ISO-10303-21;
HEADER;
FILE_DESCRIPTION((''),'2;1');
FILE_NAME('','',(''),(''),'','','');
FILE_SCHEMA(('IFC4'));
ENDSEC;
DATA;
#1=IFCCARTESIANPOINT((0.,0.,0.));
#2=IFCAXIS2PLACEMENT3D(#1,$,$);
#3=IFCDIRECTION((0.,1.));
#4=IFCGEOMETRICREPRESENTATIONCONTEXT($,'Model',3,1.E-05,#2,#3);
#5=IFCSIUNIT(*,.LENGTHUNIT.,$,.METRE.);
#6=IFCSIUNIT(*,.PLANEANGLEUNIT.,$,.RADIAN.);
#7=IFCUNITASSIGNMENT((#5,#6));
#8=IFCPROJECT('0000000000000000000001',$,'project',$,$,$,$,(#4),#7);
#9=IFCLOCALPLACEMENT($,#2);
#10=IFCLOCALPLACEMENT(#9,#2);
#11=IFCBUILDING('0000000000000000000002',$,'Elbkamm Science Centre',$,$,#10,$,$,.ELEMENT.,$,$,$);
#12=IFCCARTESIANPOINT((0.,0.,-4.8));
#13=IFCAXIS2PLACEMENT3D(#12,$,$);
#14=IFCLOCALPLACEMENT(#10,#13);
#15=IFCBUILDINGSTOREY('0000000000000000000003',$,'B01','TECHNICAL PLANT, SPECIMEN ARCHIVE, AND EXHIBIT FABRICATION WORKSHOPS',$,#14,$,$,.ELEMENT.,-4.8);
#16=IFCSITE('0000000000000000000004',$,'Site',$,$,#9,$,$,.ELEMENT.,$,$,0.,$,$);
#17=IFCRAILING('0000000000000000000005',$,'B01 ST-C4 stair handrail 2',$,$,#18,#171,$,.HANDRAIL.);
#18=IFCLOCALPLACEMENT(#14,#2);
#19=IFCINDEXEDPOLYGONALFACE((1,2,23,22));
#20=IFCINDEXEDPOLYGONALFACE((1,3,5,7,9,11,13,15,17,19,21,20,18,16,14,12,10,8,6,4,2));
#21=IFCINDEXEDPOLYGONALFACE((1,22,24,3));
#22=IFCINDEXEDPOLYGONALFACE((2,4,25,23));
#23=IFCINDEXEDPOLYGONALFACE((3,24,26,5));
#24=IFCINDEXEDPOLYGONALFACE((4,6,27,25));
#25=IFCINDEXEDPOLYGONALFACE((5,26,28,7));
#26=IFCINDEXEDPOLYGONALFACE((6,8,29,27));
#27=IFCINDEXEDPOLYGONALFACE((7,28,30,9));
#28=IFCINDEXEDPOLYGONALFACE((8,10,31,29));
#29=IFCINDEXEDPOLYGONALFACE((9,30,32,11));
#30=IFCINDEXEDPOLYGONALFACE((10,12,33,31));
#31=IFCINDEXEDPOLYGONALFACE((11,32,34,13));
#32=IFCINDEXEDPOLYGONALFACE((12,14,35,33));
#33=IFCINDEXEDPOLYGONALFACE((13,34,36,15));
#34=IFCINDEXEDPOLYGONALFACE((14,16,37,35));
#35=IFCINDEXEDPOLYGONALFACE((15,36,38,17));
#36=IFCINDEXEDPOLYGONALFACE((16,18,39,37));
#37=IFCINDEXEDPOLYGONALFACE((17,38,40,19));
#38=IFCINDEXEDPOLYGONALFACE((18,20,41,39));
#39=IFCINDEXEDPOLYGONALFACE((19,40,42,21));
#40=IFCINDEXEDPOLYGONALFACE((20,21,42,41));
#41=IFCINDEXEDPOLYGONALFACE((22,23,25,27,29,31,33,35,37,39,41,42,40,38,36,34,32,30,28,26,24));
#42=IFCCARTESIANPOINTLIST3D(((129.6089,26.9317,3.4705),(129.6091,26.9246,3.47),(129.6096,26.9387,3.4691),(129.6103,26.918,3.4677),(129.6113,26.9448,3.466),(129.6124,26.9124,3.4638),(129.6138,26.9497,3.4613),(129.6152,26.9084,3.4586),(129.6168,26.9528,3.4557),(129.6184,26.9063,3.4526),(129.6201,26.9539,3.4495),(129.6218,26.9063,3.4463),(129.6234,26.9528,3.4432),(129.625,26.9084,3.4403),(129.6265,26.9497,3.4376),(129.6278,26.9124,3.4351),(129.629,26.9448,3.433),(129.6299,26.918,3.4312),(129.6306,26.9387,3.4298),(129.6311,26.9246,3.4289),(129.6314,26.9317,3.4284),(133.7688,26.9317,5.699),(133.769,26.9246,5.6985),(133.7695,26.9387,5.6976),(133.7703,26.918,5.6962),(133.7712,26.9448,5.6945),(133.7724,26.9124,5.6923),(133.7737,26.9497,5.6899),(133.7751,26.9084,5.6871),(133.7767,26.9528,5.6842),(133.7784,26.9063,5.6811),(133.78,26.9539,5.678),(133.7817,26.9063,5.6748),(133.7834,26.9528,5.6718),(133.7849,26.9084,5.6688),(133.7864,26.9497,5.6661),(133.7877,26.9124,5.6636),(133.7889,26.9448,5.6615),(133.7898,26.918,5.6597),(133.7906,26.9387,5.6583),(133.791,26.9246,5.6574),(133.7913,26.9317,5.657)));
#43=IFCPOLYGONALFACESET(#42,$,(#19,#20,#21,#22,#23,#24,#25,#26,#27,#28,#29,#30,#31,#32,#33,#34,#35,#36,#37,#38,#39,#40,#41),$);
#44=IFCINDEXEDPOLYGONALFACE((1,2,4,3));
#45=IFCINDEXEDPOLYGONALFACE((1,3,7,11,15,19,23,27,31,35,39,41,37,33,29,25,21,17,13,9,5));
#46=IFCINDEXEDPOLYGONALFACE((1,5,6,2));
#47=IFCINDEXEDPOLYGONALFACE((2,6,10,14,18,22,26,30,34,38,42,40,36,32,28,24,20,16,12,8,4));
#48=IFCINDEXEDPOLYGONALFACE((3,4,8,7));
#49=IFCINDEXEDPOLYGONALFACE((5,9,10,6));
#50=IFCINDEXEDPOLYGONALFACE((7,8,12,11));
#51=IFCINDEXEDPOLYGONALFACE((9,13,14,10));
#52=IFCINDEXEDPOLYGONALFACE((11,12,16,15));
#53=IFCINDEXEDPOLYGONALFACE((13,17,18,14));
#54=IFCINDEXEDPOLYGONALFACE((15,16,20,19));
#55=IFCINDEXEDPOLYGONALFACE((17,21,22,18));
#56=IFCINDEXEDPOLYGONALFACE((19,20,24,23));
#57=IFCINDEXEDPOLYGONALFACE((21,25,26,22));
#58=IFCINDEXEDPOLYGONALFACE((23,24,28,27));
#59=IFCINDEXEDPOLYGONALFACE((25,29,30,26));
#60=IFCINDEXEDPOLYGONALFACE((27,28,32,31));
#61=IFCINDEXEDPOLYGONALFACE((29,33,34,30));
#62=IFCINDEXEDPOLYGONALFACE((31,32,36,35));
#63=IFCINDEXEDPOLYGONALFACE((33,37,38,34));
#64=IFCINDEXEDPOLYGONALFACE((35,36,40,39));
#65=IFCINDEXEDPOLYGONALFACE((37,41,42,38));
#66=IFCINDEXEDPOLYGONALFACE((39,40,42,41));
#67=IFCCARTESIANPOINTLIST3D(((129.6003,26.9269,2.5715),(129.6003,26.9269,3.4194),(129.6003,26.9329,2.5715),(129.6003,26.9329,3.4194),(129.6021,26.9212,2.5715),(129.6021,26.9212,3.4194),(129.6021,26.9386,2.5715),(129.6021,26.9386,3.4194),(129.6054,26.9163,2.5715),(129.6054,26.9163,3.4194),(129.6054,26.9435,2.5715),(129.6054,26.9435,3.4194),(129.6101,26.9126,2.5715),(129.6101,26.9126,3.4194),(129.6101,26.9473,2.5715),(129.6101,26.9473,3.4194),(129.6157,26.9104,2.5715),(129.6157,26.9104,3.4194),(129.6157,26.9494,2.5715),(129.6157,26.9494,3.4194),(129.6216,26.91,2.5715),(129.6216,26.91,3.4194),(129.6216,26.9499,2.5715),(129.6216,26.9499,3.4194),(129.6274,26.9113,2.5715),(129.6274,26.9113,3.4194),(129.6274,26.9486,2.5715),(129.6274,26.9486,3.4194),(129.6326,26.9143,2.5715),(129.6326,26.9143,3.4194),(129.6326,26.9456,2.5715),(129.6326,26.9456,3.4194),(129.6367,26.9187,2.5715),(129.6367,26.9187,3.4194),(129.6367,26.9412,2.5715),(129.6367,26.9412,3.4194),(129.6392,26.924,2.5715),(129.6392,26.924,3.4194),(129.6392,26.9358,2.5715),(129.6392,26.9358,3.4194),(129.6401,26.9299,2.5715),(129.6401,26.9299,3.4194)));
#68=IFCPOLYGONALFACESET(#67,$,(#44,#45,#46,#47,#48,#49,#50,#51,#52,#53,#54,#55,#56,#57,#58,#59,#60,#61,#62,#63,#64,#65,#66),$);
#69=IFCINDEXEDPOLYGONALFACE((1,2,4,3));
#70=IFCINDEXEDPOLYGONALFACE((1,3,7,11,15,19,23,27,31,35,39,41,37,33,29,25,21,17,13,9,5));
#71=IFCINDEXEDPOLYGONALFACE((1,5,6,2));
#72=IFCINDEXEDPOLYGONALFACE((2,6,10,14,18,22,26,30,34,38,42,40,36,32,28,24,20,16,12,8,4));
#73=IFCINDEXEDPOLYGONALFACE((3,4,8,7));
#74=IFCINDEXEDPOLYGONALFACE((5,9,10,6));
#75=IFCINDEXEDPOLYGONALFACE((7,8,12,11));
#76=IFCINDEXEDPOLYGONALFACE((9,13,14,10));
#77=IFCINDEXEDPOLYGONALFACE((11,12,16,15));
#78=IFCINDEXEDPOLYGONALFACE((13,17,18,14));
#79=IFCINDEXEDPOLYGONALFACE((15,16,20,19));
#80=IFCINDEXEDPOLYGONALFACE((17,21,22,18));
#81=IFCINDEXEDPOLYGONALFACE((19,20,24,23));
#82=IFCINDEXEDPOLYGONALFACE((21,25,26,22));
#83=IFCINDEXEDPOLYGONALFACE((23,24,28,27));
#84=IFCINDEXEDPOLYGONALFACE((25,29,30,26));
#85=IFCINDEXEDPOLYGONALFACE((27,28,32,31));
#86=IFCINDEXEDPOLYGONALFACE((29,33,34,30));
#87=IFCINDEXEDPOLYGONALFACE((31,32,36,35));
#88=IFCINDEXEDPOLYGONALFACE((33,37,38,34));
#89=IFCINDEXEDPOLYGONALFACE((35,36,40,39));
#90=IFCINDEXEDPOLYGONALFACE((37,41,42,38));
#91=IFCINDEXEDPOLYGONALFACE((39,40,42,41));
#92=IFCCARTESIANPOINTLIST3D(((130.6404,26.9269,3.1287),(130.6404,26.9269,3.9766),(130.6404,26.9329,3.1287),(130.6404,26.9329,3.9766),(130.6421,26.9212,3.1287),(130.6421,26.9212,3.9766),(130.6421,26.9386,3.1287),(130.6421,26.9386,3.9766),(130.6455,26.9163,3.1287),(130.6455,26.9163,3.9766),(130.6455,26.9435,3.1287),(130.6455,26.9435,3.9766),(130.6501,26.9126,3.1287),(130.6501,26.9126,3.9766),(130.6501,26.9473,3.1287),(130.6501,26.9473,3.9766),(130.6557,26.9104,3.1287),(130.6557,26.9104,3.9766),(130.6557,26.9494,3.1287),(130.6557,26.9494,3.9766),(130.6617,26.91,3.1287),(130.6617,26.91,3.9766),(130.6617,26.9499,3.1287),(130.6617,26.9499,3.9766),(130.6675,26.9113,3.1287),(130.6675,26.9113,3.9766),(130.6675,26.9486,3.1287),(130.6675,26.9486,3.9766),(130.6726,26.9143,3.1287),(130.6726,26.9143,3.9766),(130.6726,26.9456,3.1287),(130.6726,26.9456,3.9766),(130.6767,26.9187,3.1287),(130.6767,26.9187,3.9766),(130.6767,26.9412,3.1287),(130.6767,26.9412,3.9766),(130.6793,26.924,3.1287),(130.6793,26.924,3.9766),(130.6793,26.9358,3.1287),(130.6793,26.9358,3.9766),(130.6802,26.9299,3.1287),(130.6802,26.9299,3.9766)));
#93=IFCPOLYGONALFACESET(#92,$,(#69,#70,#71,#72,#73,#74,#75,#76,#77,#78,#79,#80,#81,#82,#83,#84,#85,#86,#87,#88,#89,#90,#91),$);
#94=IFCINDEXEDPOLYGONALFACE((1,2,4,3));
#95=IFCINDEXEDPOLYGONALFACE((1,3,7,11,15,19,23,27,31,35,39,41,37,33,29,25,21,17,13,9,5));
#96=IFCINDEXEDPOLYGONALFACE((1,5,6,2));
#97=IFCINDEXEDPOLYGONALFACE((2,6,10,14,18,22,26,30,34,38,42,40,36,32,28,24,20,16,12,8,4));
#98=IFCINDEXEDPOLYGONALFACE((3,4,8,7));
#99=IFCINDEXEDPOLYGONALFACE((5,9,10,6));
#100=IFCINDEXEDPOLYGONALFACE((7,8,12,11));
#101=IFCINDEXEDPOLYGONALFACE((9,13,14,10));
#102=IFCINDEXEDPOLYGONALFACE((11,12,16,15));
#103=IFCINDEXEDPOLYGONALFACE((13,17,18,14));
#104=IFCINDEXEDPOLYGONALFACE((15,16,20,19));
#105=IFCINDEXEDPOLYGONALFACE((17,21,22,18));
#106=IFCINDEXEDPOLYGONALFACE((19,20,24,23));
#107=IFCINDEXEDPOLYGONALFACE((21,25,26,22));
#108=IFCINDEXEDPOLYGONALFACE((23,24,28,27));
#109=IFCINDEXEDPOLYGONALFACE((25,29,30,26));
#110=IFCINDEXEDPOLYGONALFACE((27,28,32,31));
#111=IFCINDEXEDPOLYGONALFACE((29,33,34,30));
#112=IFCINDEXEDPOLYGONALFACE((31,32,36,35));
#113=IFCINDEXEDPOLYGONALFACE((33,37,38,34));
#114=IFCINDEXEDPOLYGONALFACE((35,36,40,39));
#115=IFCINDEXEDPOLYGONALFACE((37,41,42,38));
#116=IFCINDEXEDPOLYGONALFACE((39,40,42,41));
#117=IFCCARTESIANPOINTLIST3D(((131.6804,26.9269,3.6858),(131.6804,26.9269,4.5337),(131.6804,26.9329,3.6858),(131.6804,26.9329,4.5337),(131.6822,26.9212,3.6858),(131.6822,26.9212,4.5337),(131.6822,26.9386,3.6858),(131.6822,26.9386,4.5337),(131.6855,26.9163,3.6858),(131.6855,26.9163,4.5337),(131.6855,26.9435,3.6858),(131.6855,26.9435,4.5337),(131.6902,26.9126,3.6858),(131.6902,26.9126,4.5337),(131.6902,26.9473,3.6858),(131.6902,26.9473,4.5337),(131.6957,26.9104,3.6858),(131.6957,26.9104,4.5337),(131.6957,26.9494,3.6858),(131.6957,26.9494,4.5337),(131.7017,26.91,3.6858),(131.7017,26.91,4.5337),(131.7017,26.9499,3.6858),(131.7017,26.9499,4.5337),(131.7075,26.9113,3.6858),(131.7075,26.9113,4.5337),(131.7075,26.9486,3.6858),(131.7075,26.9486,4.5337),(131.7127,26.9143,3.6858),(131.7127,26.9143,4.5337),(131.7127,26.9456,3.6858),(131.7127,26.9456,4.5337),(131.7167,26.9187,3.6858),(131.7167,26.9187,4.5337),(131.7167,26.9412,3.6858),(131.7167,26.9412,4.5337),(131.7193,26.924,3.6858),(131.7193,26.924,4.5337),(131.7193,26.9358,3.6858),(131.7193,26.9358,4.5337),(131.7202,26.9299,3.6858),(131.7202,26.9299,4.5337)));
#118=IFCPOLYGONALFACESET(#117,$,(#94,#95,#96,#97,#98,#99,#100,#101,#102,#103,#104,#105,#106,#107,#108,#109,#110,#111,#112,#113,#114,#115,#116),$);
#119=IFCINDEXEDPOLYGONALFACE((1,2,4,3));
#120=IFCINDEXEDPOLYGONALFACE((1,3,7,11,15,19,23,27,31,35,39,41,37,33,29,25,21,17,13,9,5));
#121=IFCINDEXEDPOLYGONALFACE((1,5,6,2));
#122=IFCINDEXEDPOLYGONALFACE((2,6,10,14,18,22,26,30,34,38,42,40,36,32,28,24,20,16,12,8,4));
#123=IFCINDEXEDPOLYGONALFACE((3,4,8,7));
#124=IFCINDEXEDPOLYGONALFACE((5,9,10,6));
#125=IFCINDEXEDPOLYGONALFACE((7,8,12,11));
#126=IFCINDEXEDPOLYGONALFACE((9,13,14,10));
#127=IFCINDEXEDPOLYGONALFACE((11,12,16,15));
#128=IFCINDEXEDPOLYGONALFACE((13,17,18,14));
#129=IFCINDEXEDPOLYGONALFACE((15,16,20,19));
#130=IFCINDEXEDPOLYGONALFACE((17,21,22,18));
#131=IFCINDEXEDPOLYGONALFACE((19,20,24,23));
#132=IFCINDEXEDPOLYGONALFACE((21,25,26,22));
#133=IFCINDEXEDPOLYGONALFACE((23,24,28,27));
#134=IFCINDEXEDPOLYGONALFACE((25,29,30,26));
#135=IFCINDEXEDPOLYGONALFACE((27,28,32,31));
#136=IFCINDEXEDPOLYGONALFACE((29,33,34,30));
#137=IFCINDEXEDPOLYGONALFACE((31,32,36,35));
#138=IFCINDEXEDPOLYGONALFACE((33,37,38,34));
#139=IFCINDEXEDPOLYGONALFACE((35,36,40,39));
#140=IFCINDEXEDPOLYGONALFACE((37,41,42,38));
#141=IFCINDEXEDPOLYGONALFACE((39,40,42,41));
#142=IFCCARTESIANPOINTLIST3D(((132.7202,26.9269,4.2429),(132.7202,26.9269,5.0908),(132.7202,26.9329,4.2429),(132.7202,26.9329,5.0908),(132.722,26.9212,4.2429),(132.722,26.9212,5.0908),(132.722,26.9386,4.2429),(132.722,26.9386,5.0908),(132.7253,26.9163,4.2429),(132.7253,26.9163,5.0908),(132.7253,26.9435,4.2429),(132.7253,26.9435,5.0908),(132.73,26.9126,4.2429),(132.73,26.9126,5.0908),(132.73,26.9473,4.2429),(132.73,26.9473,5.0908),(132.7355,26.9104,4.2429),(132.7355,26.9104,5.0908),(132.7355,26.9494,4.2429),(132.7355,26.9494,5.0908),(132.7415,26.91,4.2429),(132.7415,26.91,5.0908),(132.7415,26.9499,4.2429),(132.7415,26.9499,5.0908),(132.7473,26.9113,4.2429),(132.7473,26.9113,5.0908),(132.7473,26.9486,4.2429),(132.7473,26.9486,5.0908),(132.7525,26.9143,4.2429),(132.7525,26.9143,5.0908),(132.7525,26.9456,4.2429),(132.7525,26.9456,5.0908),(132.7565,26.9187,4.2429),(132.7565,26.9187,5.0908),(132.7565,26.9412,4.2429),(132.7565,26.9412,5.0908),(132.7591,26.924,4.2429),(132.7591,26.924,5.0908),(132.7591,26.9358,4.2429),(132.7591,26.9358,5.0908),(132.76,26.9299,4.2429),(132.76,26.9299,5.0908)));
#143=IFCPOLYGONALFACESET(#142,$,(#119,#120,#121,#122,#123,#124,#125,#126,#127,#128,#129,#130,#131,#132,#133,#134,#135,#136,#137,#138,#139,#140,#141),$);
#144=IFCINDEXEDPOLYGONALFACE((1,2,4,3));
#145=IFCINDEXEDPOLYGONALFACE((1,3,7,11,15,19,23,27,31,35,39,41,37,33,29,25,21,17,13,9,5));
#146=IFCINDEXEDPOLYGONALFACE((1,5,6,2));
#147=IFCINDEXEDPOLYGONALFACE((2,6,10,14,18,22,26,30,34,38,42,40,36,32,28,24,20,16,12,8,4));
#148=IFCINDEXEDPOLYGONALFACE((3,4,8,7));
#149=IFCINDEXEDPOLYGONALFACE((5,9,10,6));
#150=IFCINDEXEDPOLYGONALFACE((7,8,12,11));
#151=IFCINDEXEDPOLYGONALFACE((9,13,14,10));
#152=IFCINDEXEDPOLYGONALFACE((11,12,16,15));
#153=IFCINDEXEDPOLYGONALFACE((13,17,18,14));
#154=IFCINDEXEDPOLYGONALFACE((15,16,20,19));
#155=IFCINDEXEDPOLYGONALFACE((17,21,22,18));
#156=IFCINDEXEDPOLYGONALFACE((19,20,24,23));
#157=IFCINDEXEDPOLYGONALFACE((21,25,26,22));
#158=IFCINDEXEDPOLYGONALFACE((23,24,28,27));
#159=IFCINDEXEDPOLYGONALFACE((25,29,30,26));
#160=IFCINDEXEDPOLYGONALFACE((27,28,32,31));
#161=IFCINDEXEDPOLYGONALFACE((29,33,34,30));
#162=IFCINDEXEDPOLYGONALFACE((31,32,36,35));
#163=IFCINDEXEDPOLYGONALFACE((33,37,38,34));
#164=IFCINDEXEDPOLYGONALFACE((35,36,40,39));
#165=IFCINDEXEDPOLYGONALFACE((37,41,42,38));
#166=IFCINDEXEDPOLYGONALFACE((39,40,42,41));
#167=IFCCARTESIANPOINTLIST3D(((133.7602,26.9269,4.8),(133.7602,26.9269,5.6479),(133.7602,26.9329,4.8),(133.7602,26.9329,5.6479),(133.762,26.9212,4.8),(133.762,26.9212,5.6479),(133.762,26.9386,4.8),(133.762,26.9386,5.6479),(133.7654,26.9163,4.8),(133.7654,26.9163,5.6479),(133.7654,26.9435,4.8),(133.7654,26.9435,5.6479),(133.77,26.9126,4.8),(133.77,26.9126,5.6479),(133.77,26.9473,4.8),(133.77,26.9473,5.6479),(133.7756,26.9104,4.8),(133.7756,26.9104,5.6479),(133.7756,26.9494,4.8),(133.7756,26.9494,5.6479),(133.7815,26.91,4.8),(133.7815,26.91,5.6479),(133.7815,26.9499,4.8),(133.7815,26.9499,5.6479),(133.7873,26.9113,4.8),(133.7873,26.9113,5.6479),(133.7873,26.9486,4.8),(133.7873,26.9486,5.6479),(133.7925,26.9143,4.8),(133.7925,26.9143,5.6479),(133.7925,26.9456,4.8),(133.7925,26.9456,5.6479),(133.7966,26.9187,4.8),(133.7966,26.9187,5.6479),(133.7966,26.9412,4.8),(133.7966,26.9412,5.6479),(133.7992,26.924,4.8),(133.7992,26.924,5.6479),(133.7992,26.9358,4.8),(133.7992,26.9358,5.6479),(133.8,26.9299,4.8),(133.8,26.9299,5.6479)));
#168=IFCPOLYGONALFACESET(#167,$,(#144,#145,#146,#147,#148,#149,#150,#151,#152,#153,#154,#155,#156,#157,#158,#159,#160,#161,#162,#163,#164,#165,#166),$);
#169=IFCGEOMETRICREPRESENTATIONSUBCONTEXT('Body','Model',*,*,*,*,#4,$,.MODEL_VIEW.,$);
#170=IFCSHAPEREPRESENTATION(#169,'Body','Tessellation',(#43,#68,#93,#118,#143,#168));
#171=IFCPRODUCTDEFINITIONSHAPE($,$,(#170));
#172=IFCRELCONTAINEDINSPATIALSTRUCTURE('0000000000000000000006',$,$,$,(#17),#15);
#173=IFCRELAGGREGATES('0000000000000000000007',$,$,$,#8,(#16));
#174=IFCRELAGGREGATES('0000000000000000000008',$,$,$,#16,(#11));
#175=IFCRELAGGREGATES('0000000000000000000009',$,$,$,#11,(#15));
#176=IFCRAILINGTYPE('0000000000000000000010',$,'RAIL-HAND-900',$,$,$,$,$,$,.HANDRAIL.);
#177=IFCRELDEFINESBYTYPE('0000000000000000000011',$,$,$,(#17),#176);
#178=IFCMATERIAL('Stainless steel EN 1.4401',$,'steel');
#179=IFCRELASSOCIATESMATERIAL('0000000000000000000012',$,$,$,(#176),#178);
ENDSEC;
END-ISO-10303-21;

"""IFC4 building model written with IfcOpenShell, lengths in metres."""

from ifc_helpers import new_model, si_unit, direction, frame, origin, origin_2d, place, context, subcontext, project, spatial, circle, extrude, material, type_object, element, save


model = new_model("IFC4")

# Units and contexts
model_context = context("Model", 3, precision=1e-05, world=origin(), true_north=direction((0.0, 1.0)))
body_context = subcontext(model_context, "Body", "Model", "MODEL_VIEW")
ifc_project = project(units=[si_unit("LENGTHUNIT", "METRE"), si_unit("PLANEANGLEUNIT", "RADIAN")], contexts=[model_context])

# Site, building, storey
site_placement = place(None, origin())
site = spatial("IfcSite", under=ifc_project, at=site_placement, Name="Site", CompositionType="ELEMENT", RefElevation=0.0)
building_placement = place(site_placement, origin())
building = spatial("IfcBuilding", under=site, at=building_placement, Name="Elbkamm Science Centre", CompositionType="ELEMENT")
storey_placement = place(building_placement, frame((0.0, 0.0, -4.8)))
storey = spatial("IfcBuildingStorey", under=building, at=storey_placement, Name="B01", Description="TECHNICAL PLANT, SPECIMEN ARCHIVE, AND EXHIBIT FABRICATION WORKSHOPS", CompositionType="ELEMENT", Elevation=-4.8)

# Railing
ifc_material_1 = material(Name="Stainless steel EN 1.4401", Category="steel")
railing_type_1 = type_object("IfcRailingType", Name="RAIL-HAND-900", PredefinedType="HANDRAIL", material=ifc_material_1)
railing_1_placement = place(storey_placement, frame((129.6201, 26.9299, 2.5715)))
element("IfcRailing", 1, at=railing_1_placement, inside=storey, type_object=railing_type_1, Name="B01 ST-C4 stair handrail 2", PredefinedType="HANDRAIL", context=body_context, shape_type="SweptSolid", body=[
    extrude(circle(Radius=0.0239, at=origin_2d()), frame((0.0, 0.0, 0.8779), z_axis=(0.881481, 0.0, 0.47222), x_axis=(0.0, 1.0, 0.0)), (0.0, 0.0, 1.0), 4.7192),
    extrude(circle(Radius=0.02, at=origin_2d()), origin(), (0.0, 0.0, 1.0), 0.8479),
    extrude(circle(Radius=0.02, at=origin_2d()), frame((1.04, 0.0, 0.5571)), (0.0, 0.0, 1.0), 0.8479),
    extrude(circle(Radius=0.02, at=origin_2d()), frame((2.0801, 0.0, 1.1143)), (0.0, 0.0, 1.0), 0.8479),
    extrude(circle(Radius=0.02, at=origin_2d()), frame((3.1199, 0.0, 1.6714)), (0.0, 0.0, 1.0), 0.8479),
    extrude(circle(Radius=0.02, at=origin_2d()), frame((4.1599, 0.0, 2.2285)), (0.0, 0.0, 1.0), 0.8479),
])

save(model, "model.ifc")
